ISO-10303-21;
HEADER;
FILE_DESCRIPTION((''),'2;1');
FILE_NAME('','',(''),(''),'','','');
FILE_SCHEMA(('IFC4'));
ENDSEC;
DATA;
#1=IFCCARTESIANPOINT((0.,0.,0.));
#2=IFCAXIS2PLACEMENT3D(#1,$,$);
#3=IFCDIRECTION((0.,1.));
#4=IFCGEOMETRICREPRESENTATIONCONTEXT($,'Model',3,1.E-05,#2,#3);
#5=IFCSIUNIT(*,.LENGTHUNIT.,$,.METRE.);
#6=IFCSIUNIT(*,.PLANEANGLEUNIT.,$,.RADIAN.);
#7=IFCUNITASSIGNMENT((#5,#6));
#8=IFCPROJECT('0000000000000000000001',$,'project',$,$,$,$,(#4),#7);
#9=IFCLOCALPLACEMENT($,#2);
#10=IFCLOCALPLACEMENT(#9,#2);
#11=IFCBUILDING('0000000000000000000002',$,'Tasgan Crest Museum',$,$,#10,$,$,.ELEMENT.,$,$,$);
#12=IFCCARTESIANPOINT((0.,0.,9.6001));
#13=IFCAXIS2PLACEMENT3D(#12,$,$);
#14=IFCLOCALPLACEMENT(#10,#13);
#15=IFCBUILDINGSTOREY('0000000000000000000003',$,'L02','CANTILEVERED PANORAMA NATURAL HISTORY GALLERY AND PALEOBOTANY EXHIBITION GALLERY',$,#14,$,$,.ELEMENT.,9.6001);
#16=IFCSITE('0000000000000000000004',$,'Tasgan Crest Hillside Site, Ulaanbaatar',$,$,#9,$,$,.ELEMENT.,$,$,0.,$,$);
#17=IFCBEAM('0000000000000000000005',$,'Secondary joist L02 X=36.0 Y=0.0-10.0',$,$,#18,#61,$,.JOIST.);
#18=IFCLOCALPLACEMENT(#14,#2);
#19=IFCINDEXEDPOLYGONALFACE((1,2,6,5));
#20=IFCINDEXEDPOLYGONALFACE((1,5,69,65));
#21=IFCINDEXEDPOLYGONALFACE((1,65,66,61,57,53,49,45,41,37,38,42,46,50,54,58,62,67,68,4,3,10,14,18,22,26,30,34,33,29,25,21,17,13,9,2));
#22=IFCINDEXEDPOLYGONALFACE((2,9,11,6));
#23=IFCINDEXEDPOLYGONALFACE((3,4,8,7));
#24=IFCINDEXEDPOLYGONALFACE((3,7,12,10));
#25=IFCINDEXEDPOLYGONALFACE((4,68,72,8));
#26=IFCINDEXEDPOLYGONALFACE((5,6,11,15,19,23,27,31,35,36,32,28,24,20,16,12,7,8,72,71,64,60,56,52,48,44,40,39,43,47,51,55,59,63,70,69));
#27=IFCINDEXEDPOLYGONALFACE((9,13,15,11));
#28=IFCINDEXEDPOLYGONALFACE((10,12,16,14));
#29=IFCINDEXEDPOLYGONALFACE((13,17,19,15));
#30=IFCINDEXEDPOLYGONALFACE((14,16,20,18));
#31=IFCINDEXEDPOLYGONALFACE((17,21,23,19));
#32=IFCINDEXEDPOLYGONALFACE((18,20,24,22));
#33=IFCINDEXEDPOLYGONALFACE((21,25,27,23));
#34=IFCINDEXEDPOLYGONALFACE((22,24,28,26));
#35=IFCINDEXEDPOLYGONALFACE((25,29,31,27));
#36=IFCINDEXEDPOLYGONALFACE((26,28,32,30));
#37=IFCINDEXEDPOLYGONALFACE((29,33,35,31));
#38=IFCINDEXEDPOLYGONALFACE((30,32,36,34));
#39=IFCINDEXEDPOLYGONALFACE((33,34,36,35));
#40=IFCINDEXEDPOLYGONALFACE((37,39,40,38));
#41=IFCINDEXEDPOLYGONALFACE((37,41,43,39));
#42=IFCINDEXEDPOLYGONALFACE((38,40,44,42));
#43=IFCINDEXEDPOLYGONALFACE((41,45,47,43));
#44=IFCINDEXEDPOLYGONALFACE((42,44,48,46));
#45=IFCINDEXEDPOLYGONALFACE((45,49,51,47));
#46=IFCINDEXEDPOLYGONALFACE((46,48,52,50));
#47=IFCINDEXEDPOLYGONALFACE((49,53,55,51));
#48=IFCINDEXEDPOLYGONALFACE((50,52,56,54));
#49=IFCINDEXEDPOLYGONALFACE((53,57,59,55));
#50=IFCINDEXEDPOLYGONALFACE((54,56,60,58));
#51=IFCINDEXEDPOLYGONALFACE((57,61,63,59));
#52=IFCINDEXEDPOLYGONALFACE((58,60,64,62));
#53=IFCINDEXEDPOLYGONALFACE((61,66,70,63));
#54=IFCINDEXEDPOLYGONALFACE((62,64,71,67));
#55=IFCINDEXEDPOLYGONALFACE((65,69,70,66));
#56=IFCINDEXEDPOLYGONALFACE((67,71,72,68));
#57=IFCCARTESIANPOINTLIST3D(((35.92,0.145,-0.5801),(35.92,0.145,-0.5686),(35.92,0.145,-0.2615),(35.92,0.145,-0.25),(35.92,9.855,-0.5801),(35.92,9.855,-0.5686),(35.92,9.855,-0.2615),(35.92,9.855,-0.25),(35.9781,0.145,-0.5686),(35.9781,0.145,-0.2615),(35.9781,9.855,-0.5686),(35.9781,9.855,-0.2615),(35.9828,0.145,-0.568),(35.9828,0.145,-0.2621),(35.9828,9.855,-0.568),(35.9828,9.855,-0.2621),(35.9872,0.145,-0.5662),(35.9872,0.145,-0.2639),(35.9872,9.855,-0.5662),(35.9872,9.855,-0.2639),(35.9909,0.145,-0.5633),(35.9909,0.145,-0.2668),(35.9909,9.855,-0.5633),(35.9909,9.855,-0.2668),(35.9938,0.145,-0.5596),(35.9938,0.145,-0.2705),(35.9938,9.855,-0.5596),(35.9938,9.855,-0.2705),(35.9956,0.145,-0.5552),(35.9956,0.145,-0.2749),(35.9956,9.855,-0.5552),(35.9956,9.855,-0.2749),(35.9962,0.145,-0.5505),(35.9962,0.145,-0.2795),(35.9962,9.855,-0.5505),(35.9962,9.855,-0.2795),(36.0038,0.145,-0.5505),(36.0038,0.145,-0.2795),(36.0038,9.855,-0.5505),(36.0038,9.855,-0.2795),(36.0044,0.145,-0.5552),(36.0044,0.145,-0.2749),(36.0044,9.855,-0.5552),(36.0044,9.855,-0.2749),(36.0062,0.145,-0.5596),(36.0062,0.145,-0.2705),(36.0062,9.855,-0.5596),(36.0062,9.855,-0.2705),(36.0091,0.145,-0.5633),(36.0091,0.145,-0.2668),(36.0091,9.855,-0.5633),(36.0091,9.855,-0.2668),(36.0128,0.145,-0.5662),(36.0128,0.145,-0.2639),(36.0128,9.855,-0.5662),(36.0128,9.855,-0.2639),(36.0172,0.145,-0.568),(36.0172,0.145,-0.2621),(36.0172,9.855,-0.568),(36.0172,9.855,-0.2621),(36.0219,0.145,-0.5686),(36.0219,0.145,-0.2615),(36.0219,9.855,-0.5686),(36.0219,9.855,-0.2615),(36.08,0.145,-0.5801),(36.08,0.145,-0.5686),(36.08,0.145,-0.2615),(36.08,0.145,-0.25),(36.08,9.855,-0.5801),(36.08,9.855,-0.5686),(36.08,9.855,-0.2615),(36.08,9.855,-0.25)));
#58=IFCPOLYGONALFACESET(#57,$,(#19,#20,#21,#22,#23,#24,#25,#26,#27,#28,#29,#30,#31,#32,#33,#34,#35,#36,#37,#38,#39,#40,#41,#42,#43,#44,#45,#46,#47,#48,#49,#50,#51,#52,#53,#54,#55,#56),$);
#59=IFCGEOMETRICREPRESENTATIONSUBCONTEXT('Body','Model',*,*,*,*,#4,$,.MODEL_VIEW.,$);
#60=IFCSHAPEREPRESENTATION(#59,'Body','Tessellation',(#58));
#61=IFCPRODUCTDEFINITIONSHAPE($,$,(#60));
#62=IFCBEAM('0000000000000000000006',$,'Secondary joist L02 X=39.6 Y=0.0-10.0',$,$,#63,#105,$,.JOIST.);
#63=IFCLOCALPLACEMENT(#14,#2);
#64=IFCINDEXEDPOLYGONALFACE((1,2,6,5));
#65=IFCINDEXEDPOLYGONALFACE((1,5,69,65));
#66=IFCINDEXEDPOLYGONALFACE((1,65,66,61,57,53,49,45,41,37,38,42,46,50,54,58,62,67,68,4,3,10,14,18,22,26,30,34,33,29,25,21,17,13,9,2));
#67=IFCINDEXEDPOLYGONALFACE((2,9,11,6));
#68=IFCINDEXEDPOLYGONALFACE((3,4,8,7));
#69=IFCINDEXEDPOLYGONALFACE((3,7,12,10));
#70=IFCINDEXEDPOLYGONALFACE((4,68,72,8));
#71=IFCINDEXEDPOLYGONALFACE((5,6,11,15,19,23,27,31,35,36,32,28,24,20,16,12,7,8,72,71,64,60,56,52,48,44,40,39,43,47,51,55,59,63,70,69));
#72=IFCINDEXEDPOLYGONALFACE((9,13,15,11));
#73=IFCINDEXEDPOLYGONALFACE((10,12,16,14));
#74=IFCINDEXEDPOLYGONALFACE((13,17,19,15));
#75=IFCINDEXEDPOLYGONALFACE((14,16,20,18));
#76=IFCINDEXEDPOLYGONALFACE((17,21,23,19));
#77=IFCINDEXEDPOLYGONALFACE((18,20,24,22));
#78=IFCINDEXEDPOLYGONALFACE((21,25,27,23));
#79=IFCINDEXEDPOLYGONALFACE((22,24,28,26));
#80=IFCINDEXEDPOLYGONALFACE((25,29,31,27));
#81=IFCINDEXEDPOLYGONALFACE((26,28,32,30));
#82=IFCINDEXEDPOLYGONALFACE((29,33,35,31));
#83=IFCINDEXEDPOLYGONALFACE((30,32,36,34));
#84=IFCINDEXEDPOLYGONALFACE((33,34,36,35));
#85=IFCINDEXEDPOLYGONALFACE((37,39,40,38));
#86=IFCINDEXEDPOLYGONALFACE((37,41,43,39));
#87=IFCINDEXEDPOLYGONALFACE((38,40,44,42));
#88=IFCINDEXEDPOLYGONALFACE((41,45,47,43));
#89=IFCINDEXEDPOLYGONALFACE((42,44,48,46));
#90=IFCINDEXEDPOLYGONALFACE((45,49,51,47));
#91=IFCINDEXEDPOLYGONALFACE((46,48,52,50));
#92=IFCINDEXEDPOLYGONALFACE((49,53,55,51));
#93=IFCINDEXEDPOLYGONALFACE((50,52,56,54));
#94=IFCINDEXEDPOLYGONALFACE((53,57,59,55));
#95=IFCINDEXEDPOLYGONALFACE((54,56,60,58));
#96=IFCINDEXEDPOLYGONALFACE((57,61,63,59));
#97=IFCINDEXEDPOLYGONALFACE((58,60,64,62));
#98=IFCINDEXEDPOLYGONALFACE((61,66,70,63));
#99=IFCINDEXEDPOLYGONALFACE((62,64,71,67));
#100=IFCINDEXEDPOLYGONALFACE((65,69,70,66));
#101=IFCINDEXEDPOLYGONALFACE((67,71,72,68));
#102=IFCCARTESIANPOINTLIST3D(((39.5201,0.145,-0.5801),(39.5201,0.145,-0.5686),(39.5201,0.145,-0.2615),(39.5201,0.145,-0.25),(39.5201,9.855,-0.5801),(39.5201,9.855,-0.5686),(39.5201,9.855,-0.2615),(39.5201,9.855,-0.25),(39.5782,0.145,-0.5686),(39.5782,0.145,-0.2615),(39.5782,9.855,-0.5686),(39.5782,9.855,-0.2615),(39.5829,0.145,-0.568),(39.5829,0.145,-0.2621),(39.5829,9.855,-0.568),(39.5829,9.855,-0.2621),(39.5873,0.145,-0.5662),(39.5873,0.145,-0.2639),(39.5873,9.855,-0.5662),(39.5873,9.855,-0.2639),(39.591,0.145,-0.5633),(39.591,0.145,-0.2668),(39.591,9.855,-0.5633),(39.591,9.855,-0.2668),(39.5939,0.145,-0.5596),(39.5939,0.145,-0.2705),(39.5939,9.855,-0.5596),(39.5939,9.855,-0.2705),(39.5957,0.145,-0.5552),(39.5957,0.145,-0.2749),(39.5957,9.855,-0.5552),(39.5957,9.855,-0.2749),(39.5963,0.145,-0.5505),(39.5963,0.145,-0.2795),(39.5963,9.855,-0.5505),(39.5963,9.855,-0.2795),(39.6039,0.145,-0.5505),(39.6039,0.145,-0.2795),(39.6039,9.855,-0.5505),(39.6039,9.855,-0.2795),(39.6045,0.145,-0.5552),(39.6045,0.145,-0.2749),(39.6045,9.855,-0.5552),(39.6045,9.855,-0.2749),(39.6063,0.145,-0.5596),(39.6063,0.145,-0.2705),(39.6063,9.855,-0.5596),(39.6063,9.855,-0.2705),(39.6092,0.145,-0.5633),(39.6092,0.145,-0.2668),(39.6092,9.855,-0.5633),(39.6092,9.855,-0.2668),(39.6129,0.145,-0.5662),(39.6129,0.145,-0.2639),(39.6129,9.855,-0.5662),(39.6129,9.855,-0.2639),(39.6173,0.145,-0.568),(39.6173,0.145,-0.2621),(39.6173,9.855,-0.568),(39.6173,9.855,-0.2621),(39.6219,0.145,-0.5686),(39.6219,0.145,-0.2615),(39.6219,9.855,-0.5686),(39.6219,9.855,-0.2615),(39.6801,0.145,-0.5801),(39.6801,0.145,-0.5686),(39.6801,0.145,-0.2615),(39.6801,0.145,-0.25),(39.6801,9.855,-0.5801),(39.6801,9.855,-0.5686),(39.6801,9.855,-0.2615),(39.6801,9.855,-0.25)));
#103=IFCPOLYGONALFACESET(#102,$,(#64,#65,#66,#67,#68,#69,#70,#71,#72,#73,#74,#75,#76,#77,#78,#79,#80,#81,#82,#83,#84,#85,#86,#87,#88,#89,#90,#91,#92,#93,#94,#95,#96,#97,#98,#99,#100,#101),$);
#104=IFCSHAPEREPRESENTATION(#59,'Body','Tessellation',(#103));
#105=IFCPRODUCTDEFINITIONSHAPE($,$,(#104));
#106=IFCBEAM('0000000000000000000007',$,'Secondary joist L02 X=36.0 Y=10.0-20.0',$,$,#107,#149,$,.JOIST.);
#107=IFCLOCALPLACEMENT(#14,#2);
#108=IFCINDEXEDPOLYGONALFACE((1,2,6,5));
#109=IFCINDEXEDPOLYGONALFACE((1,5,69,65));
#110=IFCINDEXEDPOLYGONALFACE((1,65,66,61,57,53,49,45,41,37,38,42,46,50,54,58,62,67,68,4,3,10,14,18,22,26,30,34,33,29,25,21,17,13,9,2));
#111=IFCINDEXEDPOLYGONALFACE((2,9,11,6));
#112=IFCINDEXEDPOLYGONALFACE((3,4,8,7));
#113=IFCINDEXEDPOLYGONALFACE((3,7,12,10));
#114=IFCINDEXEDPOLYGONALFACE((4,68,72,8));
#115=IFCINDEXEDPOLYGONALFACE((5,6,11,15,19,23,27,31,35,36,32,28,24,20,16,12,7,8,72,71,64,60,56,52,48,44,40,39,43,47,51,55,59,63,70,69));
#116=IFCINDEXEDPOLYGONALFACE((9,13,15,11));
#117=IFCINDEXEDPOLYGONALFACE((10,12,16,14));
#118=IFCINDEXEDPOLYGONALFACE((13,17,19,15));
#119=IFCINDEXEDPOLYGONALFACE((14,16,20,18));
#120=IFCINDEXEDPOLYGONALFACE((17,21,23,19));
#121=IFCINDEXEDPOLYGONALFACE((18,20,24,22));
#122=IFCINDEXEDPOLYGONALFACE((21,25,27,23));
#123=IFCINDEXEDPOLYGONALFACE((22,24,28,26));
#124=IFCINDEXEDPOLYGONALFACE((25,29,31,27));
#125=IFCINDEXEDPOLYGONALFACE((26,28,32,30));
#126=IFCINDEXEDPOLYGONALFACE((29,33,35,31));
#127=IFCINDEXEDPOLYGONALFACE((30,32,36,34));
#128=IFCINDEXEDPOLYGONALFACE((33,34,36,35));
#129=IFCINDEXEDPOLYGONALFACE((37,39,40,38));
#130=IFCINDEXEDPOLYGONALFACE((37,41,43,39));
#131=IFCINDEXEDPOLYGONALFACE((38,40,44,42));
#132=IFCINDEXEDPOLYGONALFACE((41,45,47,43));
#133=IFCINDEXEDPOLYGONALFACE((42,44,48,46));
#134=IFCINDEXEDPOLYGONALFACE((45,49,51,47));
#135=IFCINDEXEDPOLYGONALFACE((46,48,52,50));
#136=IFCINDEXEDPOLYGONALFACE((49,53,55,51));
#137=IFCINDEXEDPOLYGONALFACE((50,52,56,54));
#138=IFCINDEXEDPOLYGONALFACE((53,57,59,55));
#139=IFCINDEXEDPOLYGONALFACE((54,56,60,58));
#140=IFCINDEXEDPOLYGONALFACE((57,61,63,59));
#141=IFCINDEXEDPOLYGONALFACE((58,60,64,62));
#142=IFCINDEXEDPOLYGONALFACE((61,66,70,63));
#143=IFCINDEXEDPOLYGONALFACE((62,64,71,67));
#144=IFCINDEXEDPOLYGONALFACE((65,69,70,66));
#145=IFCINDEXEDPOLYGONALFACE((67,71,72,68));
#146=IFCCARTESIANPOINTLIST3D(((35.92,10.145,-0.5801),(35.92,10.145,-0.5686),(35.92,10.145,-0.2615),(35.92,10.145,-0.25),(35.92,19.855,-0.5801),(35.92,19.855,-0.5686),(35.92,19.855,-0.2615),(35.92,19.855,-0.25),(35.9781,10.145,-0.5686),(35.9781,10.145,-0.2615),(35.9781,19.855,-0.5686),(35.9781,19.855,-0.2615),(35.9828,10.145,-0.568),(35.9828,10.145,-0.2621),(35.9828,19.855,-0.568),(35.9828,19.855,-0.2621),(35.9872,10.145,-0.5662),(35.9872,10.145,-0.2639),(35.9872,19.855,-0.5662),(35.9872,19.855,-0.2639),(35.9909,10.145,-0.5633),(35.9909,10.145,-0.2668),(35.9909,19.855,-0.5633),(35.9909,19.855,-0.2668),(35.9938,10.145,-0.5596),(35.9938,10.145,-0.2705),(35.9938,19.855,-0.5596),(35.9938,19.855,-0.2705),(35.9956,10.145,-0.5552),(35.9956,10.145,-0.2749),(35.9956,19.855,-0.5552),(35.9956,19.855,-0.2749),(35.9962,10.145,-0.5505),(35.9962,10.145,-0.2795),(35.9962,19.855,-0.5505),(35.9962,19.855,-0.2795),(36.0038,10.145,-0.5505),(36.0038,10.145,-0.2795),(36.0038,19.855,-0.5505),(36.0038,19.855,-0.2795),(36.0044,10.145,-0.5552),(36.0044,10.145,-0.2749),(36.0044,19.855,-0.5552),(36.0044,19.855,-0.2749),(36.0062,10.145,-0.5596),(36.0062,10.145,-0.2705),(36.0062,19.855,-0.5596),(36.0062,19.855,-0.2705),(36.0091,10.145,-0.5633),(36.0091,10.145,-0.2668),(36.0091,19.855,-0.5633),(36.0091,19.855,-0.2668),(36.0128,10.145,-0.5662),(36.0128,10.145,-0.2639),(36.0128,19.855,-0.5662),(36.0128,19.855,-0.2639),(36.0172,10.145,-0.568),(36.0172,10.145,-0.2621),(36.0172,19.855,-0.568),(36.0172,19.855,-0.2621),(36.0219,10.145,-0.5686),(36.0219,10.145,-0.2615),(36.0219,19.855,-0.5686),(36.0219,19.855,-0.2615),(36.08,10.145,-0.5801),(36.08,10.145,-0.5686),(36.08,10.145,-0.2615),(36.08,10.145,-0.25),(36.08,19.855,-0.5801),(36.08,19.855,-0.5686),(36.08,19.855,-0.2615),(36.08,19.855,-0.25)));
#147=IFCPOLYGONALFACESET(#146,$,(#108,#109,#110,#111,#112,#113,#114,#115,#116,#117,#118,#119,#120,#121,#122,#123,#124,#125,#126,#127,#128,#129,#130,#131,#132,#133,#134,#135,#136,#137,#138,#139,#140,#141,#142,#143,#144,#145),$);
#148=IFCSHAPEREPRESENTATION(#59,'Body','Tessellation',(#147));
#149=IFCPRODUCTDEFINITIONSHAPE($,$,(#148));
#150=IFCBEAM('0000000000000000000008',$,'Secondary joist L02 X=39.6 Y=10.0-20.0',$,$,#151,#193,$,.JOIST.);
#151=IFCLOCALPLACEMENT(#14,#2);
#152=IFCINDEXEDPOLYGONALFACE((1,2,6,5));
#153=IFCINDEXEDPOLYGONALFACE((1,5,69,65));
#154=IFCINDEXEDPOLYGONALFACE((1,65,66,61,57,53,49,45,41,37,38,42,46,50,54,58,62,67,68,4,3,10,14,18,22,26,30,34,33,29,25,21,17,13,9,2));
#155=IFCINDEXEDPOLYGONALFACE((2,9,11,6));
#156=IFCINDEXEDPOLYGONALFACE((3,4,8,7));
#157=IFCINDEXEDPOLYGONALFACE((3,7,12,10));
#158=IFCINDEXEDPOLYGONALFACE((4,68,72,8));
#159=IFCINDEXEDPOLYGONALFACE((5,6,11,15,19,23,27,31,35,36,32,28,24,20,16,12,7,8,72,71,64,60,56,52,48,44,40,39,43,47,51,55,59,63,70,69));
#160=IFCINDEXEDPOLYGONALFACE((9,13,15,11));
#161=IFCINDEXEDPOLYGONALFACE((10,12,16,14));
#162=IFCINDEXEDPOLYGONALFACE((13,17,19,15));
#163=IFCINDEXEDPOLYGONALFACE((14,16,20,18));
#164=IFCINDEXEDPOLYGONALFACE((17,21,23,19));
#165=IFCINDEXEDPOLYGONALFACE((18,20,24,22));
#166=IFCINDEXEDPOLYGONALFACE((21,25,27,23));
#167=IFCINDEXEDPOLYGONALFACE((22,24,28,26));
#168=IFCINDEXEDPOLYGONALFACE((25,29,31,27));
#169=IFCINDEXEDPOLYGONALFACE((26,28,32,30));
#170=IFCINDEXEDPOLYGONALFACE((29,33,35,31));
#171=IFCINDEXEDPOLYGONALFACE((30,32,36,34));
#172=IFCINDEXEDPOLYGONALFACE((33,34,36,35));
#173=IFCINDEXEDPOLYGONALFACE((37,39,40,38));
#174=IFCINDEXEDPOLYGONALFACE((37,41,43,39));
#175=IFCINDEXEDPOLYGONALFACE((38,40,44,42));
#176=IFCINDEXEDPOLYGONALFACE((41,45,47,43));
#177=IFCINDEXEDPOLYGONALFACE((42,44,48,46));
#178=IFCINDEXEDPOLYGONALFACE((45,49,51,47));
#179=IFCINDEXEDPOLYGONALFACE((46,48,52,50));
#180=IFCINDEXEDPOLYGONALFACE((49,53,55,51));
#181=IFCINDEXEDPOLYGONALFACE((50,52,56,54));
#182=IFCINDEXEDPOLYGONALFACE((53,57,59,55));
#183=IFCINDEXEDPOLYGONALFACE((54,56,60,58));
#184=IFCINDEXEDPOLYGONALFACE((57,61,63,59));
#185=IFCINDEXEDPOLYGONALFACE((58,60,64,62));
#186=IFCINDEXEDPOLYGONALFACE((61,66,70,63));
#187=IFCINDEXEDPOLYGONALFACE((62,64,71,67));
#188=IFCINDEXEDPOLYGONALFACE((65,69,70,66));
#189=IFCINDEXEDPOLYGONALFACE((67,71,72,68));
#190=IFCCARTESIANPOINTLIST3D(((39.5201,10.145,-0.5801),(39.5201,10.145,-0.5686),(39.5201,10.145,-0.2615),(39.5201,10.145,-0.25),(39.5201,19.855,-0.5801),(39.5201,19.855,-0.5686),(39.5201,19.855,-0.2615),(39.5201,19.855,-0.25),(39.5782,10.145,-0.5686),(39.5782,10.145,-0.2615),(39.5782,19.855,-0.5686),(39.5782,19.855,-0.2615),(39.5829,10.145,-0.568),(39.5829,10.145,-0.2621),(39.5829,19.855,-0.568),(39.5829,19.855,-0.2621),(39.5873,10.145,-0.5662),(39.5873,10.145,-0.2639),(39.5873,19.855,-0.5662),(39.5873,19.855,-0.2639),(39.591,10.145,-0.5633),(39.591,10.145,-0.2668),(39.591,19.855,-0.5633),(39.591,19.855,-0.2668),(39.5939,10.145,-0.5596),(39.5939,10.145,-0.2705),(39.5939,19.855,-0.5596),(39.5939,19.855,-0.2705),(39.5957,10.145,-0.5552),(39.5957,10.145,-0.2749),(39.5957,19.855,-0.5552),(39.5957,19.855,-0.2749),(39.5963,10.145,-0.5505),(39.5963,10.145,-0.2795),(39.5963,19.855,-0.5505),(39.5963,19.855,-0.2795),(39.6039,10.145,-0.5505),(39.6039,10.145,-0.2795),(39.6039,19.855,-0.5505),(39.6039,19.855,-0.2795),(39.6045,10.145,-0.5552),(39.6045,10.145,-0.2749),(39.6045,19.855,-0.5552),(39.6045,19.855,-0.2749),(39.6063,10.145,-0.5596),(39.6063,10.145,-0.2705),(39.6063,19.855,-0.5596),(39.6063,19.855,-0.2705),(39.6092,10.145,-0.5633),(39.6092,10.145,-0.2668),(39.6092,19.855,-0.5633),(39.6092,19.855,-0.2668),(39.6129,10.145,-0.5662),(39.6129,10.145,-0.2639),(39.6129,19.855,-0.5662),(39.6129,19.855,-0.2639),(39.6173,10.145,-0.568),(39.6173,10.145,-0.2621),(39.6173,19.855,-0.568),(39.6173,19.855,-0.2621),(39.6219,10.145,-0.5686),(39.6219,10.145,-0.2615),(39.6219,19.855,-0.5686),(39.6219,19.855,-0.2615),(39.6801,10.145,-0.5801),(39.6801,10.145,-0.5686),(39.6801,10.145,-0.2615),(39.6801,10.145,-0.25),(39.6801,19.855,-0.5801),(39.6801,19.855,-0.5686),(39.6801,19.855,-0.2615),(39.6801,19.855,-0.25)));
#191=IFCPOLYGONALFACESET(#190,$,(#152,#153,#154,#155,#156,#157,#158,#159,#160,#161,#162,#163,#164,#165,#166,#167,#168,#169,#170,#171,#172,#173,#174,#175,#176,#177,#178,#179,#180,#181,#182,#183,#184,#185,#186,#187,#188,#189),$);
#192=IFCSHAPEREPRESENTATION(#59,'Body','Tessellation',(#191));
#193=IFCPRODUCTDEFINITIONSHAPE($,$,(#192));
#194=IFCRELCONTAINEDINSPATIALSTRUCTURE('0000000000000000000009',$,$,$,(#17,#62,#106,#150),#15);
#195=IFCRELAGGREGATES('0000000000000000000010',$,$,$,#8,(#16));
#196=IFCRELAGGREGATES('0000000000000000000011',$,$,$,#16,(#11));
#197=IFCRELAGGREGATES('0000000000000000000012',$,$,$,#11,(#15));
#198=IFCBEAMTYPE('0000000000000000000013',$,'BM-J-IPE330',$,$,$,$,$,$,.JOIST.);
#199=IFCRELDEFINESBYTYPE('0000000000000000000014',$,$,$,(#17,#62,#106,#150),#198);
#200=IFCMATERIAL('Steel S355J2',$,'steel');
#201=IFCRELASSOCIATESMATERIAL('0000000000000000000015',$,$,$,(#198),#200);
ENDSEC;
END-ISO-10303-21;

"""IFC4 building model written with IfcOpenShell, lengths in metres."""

from ifc_helpers import new_model, si_unit, direction, frame, origin, origin_2d, place, context, subcontext, project, spatial, i_section, extrude, material, material_profile, profile_set, type_object, element, save


model = new_model("IFC4")

# Units and contexts
model_context = context("Model", 3, precision=1e-05, world=origin(), true_north=direction((0.0, 1.0)))
body_context = subcontext(model_context, "Body", "Model", "MODEL_VIEW")
ifc_project = project(units=[si_unit("LENGTHUNIT", "METRE"), si_unit("PLANEANGLEUNIT", "RADIAN")], contexts=[model_context])

# Site, building, storey
site_placement = place(None, origin())
site = spatial("IfcSite", under=ifc_project, at=site_placement, Name="Tasgan Crest Hillside Site, Ulaanbaatar", CompositionType="ELEMENT", RefElevation=0.0)
building_placement = place(site_placement, origin())
building = spatial("IfcBuilding", under=site, at=building_placement, Name="Tasgan Crest Museum", CompositionType="ELEMENT")
storey_placement = place(building_placement, frame((0.0, 0.0, 9.6001)))
storey = spatial("IfcBuildingStorey", under=building, at=storey_placement, Name="L02", Description="CANTILEVERED PANORAMA NATURAL HISTORY GALLERY AND PALEOBOTANY EXHIBITION GALLERY", CompositionType="ELEMENT", Elevation=9.6001)

# Beams
ifc_material_1 = material(Name="Steel S355J2", Category="steel")
ifc_material_profile_1 = material_profile(ifc_material_1, i_section(OverallWidth=0.1599, OverallDepth=0.3301, WebThickness=0.0076, FlangeThickness=0.0115, FilletRadius=0.0181, at=origin_2d()), Name="IPE 330")
ifc_profile_set_1 = profile_set([ifc_material_profile_1], Name="Steel S355J2")
beam_type_1 = type_object("IfcBeamType", Name="BM-J-IPE330", PredefinedType="JOIST", material=ifc_profile_set_1)
for number, where, z_axis, x_axis, name in (
    (1, (36.0, 0.145, -0.415), (0.0, 1.0, 0.0), (-1.0, 0.0, 0.0), "Secondary joist L02 X=36.0 Y=0.0-10.0"),
    (2, (39.6001, 0.145, -0.415), (0.0, 1.0, 0.0), (-1.0, 0.0, 0.0), "Secondary joist L02 X=39.6 Y=0.0-10.0"),
    (3, (36.0, 10.145, -0.415), (0.0, 1.0, 0.0), (-1.0, 0.0, 0.0), "Secondary joist L02 X=36.0 Y=10.0-20.0"),
    (4, (39.6001, 10.145, -0.415), (0.0, 1.0, 0.0), (-1.0, 0.0, 0.0), "Secondary joist L02 X=39.6 Y=10.0-20.0"),
):
    element("IfcBeam", number, at=place(storey_placement, frame(where, z_axis=z_axis, x_axis=x_axis)), inside=storey, type_object=beam_type_1, Name=name, PredefinedType="JOIST", context=body_context, shape_type="SweptSolid", body=[
        extrude(i_section(OverallWidth=0.1599, OverallDepth=0.3301, WebThickness=0.0076, FlangeThickness=0.0115, FilletRadius=0.0181, at=origin_2d()), origin(), (0.0, 0.0, 1.0), 9.71),
    ])

save(model, "model.ifc")
